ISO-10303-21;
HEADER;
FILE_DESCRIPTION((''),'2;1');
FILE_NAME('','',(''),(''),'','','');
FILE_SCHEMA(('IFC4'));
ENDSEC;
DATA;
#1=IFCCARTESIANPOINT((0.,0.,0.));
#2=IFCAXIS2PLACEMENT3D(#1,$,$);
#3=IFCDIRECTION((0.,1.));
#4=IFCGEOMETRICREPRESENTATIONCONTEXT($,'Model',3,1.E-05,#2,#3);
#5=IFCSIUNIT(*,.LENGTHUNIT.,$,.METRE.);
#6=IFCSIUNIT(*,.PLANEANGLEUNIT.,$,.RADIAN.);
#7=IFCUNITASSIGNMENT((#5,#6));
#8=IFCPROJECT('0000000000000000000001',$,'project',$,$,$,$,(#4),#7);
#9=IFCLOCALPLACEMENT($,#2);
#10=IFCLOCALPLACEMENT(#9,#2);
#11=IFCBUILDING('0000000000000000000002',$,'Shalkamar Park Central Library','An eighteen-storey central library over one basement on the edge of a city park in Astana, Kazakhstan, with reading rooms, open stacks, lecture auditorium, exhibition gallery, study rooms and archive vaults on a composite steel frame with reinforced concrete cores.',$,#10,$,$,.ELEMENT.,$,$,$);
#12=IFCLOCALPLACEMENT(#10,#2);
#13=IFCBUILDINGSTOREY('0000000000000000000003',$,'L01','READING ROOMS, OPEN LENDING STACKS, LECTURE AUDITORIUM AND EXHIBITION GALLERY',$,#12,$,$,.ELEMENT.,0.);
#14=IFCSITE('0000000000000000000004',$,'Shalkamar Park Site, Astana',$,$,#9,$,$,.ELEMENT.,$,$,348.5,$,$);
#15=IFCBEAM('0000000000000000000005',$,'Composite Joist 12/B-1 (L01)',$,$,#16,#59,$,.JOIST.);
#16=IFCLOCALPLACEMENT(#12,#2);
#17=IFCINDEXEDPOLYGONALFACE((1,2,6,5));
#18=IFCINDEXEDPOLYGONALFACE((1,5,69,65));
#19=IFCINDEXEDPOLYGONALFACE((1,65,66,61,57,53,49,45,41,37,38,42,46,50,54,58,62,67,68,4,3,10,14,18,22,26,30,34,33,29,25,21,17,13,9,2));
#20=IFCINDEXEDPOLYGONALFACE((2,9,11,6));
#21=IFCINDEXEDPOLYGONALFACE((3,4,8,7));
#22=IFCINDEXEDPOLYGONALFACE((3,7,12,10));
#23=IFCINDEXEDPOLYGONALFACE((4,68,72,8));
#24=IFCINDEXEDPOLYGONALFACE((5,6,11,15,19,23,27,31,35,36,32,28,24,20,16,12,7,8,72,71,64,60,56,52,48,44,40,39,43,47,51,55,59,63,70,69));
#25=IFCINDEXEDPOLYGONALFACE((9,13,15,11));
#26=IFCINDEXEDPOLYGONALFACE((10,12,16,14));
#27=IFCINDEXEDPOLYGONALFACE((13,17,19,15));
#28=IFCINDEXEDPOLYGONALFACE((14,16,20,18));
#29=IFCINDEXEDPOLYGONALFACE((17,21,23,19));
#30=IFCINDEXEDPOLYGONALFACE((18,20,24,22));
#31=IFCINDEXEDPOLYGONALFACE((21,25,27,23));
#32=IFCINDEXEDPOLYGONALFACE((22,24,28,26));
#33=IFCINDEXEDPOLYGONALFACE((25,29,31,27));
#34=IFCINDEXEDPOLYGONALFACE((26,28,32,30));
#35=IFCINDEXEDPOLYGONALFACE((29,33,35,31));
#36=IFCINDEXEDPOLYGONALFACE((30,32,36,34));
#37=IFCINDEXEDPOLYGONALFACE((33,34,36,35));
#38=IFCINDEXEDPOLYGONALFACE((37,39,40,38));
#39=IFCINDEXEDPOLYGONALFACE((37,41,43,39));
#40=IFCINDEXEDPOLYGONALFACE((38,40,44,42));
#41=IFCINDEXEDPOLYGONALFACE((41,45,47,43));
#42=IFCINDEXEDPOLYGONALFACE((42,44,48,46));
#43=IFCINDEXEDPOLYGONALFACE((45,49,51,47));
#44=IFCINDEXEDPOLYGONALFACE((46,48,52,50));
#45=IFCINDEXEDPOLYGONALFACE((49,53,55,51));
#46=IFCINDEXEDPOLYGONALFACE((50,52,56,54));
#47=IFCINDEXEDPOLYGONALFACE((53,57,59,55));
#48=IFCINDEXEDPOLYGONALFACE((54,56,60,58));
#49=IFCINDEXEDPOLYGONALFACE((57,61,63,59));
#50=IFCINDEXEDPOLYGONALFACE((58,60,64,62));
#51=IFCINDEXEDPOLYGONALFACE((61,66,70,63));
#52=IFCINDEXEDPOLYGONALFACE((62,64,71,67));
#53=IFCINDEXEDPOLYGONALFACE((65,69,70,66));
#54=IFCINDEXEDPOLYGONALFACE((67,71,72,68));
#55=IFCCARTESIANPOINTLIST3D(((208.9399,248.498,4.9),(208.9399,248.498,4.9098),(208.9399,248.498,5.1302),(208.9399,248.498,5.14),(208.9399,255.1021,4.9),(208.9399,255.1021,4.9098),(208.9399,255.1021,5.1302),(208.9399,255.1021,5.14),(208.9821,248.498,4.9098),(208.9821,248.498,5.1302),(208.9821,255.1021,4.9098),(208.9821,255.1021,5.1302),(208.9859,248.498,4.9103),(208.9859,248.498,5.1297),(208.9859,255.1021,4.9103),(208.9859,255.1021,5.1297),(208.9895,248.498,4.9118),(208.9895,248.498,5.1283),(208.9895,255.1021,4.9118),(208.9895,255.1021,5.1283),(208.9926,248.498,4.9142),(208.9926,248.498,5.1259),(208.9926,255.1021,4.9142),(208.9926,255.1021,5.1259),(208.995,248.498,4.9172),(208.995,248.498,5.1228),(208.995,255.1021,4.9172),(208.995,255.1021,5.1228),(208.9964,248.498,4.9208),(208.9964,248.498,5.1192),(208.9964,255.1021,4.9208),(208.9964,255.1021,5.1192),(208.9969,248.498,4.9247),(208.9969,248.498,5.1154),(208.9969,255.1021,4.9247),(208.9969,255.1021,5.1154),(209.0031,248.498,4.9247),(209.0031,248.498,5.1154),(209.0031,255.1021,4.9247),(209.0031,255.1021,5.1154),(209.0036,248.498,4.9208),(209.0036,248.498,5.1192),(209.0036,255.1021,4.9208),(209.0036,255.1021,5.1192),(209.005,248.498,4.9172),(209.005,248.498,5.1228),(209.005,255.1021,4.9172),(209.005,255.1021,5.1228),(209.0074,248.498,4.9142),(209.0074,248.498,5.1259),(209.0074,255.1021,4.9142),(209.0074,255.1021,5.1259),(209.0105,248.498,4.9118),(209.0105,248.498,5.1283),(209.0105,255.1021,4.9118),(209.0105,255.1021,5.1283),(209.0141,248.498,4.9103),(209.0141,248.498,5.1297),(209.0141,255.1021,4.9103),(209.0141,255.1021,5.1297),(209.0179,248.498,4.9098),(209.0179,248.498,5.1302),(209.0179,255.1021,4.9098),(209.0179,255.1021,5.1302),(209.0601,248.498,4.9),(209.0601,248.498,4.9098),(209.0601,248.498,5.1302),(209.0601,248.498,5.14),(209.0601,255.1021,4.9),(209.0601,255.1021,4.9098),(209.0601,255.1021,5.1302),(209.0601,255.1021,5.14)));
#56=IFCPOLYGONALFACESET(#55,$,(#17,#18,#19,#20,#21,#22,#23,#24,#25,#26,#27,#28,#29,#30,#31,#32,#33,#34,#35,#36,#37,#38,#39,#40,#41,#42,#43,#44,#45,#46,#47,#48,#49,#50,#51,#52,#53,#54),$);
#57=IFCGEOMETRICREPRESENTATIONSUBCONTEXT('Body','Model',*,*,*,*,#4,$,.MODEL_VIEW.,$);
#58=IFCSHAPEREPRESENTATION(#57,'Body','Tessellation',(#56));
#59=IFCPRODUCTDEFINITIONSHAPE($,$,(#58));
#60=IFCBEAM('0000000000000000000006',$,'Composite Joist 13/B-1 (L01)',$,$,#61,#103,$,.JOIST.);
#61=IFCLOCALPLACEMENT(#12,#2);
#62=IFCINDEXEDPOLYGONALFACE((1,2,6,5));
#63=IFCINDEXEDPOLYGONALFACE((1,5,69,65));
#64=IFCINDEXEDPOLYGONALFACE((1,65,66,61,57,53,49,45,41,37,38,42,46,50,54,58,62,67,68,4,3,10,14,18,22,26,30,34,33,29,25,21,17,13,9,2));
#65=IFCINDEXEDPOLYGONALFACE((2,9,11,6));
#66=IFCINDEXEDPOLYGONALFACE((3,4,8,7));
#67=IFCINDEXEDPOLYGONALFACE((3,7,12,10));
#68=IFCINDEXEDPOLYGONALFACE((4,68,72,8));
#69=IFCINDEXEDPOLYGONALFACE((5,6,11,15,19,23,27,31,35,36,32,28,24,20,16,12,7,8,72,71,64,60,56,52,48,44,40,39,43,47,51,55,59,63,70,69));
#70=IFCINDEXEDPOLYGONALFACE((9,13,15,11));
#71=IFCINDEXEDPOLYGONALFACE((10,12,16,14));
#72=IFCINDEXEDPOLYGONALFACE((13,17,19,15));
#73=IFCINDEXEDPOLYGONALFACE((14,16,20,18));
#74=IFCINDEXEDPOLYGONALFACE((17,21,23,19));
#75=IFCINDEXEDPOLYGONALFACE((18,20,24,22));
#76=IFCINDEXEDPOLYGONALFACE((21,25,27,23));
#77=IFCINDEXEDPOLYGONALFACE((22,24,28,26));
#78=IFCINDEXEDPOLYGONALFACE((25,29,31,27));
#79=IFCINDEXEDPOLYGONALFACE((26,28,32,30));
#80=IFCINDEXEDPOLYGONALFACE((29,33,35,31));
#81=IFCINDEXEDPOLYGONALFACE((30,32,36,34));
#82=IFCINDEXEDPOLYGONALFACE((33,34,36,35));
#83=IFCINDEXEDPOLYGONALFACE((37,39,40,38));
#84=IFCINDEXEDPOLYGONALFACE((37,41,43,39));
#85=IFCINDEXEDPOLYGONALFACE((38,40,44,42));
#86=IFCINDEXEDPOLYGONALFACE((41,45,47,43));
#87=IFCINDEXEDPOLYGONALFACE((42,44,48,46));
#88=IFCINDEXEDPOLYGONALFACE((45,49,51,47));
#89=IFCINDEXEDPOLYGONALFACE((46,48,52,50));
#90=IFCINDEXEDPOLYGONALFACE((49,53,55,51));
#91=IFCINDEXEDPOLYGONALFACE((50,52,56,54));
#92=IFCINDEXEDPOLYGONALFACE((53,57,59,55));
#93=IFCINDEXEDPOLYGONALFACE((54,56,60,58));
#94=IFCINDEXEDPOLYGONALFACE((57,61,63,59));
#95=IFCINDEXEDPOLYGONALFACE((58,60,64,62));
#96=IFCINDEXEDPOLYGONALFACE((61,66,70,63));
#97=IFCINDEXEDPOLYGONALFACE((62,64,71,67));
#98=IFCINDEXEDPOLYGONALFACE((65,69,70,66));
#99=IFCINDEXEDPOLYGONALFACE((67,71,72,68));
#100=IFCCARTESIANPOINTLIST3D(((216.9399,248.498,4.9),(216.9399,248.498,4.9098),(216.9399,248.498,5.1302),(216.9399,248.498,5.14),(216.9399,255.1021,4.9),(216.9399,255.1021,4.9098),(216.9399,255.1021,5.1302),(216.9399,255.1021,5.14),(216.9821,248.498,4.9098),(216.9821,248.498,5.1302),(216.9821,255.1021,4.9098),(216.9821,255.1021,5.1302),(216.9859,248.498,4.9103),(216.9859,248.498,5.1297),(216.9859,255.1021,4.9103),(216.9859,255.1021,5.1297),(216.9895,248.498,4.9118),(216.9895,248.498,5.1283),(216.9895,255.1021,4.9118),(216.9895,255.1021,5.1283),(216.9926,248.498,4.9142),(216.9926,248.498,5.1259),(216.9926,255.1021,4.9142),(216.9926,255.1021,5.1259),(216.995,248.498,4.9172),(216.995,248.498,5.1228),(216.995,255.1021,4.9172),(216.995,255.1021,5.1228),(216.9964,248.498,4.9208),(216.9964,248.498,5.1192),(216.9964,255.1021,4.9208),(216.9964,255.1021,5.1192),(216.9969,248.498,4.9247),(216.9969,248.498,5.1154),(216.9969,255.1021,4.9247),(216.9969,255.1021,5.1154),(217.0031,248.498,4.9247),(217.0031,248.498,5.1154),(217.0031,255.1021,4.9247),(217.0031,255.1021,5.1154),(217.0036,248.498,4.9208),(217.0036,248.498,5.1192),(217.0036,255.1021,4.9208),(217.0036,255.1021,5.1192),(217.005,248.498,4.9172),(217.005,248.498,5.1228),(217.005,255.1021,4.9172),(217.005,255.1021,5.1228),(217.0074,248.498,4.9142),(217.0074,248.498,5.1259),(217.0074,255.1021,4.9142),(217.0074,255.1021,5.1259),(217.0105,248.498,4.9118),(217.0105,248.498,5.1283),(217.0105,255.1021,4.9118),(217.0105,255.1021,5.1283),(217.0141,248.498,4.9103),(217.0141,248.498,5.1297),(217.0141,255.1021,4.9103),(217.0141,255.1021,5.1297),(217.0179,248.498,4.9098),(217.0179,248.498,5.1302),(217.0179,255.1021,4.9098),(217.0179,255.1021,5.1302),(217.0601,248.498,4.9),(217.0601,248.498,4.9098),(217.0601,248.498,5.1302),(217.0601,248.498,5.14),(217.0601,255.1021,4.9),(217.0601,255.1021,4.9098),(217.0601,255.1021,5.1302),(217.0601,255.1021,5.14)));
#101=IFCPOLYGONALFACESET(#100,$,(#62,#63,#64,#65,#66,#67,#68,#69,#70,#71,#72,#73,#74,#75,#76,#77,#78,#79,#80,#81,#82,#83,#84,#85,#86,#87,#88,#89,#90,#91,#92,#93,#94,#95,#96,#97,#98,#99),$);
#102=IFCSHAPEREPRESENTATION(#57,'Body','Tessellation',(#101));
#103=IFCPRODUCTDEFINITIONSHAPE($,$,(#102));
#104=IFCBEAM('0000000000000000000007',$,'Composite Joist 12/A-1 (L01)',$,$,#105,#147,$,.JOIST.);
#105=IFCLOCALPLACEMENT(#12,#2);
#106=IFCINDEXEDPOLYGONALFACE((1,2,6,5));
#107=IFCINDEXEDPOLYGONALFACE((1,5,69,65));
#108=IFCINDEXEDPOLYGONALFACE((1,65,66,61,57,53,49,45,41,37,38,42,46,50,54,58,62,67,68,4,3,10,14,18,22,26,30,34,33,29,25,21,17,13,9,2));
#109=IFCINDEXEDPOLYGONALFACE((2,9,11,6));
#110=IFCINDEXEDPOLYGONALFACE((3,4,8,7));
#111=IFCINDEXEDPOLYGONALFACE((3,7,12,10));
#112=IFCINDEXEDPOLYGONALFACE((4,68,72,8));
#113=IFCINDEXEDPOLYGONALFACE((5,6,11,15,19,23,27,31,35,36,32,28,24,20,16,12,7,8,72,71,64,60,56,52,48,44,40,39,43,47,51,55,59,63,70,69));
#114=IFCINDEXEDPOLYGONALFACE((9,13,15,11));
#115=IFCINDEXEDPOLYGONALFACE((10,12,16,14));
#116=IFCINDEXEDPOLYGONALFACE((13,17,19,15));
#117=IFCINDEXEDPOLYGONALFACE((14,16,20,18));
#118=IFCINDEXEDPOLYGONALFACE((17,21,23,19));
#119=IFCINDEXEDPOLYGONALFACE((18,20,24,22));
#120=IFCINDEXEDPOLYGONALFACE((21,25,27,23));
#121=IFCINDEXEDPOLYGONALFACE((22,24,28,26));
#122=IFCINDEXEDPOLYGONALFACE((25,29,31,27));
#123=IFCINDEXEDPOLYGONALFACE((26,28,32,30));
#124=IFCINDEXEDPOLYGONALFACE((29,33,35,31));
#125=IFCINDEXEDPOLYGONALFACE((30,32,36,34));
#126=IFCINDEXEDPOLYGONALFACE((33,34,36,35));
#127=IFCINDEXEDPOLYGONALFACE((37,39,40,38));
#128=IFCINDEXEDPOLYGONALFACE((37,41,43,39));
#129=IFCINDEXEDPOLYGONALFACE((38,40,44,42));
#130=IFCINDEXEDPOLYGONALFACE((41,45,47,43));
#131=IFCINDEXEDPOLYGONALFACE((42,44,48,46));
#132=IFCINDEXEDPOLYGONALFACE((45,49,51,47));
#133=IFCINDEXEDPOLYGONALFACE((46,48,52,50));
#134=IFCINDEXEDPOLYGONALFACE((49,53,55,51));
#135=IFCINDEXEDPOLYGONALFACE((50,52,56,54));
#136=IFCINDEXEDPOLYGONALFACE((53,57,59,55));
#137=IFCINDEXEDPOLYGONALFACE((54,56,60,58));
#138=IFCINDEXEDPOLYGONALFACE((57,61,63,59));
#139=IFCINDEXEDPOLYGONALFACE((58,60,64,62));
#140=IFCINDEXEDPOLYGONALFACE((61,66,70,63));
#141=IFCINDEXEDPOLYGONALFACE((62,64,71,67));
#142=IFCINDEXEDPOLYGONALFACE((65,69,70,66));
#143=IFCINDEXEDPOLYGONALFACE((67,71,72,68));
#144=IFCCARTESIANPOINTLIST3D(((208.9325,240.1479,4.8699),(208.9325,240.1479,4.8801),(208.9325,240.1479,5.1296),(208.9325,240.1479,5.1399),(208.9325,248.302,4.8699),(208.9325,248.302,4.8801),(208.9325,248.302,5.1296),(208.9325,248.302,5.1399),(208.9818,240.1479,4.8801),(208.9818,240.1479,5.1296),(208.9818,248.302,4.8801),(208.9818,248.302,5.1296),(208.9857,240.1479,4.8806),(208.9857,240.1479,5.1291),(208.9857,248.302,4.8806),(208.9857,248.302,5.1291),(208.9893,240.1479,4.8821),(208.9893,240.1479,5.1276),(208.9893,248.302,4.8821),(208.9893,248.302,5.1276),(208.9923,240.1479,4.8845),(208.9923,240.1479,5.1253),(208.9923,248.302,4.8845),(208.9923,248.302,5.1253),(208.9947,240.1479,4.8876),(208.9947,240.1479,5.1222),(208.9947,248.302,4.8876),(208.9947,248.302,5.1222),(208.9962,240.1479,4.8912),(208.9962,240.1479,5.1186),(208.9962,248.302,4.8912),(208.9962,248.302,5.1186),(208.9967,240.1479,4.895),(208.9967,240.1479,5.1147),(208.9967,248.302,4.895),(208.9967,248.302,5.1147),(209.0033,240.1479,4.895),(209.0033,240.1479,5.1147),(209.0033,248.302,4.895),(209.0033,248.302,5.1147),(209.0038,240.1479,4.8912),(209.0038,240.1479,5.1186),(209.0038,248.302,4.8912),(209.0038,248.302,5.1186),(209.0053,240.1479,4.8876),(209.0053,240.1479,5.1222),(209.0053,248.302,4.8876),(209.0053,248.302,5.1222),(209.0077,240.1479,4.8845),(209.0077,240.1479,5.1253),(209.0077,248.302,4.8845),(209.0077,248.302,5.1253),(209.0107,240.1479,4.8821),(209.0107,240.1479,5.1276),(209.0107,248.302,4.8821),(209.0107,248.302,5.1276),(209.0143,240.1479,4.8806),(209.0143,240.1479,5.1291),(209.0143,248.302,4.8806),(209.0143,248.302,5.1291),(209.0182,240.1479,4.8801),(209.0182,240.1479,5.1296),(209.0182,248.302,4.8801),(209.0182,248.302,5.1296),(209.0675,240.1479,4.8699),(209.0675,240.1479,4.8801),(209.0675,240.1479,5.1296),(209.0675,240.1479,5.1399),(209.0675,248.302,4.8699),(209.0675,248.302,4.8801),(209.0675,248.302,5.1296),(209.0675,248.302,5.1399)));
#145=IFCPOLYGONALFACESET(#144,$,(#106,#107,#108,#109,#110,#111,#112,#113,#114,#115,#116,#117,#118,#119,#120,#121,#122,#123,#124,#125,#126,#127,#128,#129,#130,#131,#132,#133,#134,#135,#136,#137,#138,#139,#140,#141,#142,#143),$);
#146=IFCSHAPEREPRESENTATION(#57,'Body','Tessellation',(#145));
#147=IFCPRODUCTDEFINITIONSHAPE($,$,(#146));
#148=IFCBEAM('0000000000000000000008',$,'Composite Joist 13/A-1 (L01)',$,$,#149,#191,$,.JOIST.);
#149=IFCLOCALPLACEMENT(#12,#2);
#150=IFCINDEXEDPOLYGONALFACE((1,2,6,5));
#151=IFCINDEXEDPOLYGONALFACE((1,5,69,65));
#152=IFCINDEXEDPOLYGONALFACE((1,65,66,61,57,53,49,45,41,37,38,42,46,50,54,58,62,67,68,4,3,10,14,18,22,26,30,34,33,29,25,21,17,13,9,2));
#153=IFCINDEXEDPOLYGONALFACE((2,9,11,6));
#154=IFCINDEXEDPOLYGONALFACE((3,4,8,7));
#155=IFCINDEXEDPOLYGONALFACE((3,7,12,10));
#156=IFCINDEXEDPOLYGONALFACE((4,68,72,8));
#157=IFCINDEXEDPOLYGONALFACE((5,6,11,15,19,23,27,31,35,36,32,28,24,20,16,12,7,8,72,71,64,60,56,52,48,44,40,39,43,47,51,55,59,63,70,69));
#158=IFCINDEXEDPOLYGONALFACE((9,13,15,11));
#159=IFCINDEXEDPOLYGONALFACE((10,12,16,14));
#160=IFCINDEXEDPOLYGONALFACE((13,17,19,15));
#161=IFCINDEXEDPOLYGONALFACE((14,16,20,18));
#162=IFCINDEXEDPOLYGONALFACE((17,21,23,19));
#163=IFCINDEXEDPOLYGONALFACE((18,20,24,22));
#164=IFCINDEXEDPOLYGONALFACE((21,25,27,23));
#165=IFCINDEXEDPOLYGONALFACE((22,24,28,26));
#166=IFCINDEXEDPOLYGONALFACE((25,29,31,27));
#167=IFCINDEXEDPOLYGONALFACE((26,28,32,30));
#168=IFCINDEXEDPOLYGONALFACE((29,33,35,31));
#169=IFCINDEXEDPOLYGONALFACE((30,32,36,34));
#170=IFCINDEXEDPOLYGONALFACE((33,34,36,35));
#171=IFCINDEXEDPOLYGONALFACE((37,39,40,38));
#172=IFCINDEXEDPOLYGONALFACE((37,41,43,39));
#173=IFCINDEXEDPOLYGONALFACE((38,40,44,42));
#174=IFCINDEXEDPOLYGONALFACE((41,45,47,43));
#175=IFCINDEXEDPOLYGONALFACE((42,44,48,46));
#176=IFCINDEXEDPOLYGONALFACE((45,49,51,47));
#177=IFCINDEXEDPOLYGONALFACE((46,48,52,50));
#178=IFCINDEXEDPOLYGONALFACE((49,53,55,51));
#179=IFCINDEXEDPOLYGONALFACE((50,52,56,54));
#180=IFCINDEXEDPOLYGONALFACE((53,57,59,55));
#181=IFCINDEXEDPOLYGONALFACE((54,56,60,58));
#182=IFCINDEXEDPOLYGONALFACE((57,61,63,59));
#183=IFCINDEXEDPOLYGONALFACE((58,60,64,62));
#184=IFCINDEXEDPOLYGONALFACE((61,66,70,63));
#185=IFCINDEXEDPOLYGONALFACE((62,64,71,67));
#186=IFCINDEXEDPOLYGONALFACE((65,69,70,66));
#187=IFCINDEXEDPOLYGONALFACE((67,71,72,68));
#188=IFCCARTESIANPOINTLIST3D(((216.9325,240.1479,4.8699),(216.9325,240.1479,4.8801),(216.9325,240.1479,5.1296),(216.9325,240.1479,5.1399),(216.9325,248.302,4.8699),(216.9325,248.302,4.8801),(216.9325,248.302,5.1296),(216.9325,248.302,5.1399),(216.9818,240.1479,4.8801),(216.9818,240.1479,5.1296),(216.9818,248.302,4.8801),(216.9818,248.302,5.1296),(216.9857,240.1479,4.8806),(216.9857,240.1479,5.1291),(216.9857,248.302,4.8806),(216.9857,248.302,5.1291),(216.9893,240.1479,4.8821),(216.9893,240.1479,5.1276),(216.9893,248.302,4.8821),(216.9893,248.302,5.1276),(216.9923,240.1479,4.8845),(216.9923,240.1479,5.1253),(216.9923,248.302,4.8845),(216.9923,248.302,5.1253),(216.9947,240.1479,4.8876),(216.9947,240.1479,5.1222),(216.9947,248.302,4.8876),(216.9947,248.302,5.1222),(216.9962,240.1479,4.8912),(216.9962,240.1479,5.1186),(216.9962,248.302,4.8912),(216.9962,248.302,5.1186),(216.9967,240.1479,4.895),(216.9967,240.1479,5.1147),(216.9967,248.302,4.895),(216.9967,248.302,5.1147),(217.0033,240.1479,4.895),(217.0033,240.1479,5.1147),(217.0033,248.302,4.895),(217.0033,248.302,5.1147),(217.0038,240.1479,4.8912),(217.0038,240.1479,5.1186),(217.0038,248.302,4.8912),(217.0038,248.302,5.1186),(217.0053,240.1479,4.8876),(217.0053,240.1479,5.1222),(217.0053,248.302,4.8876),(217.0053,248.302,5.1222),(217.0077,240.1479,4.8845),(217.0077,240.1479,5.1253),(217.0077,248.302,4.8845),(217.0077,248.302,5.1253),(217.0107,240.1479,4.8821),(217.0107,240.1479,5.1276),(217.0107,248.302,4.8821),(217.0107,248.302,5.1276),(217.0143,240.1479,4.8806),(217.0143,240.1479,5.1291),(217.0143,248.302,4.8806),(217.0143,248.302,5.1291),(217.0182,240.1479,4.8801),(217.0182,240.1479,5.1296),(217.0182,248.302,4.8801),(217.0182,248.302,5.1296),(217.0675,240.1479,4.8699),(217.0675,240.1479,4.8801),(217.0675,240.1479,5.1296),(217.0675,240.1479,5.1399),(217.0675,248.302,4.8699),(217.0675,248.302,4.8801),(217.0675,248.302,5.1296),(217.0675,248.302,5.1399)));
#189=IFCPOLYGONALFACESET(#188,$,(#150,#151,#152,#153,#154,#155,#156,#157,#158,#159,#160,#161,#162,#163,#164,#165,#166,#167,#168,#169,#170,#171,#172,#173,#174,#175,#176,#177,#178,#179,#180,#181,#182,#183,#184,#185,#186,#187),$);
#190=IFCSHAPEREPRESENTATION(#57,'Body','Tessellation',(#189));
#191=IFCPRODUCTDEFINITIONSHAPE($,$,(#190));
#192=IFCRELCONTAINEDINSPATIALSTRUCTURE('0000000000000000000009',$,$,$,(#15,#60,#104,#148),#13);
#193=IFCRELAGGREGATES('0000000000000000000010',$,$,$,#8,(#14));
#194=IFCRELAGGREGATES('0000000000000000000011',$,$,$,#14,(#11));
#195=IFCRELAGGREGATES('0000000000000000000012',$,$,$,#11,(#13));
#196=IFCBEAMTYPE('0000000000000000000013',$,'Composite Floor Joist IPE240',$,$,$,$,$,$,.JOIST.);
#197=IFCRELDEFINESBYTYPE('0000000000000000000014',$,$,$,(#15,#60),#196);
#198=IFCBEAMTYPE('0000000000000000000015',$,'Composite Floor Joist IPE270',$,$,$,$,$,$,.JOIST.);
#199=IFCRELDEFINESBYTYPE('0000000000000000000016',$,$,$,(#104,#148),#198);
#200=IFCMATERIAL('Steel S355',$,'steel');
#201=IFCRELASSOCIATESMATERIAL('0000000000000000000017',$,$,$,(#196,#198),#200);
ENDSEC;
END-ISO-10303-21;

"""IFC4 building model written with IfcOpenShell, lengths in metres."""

from ifc_helpers import new_model, si_unit, direction, frame, origin, origin_2d, place, context, subcontext, project, spatial, i_section, extrude, material, material_profile, profile_set, type_object, element, save


model = new_model("IFC4")

# Units and contexts
model_context = context("Model", 3, precision=1e-05, world=origin(), true_north=direction((0.0, 1.0)))
body_context = subcontext(model_context, "Body", "Model", "MODEL_VIEW")
ifc_project = project(units=[si_unit("LENGTHUNIT", "METRE"), si_unit("PLANEANGLEUNIT", "RADIAN")], contexts=[model_context])

# Site, building, storey
site_placement = place(None, origin())
site = spatial("IfcSite", under=ifc_project, at=site_placement, Name="Shalkamar Park Site, Astana", CompositionType="ELEMENT", RefElevation=348.5)
building_placement = place(site_placement, origin())
building = spatial("IfcBuilding", under=site, at=building_placement, Name="Shalkamar Park Central Library", Description="An eighteen-storey central library over one basement on the edge of a city park in Astana, Kazakhstan, with reading rooms, open stacks, lecture auditorium, exhibition gallery, study rooms and archive vaults on a composite steel frame with reinforced concrete cores.", CompositionType="ELEMENT")
storey_placement = place(building_placement, origin())
storey = spatial("IfcBuildingStorey", under=building, at=storey_placement, Name="L01", Description="READING ROOMS, OPEN LENDING STACKS, LECTURE AUDITORIUM AND EXHIBITION GALLERY", CompositionType="ELEMENT", Elevation=0.0)

# Shared definitions
ifc_material_1 = material(Name="Steel S355", Category="steel")

# Beams
ifc_material_profile_1 = material_profile(ifc_material_1, i_section(OverallWidth=0.1201, OverallDepth=0.24, WebThickness=0.0061, FlangeThickness=0.0098, FilletRadius=0.0149, at=origin_2d()), Name="IPE 240")
ifc_profile_set_1 = profile_set([ifc_material_profile_1], Name="Steel S355")
beam_type_1 = type_object("IfcBeamType", Name="Composite Floor Joist IPE240", PredefinedType="JOIST", material=ifc_profile_set_1)
for number, where, z_axis, x_axis, name in (
    (1, (209.0, 248.498, 5.02), (0.0, 1.0, 0.0), (-1.0, 0.0, 0.0), "Composite Joist 12/B-1 (L01)"),
    (2, (217.0, 248.498, 5.02), (0.0, 1.0, 0.0), (-1.0, 0.0, 0.0), "Composite Joist 13/B-1 (L01)"),
):
    element("IfcBeam", number, at=place(storey_placement, frame(where, z_axis=z_axis, x_axis=x_axis)), inside=storey, type_object=beam_type_1, Name=name, PredefinedType="JOIST", context=body_context, shape_type="SweptSolid", body=[
        extrude(i_section(OverallWidth=0.1201, OverallDepth=0.24, WebThickness=0.0061, FlangeThickness=0.0098, FilletRadius=0.0149, at=origin_2d()), origin(), (0.0, 0.0, 1.0), 6.604),
    ])
ifc_material_profile_2 = material_profile(ifc_material_1, i_section(OverallWidth=0.135, OverallDepth=0.27, WebThickness=0.0066, FlangeThickness=0.0103, FilletRadius=0.0149, at=origin_2d()), Name="IPE 270")
ifc_profile_set_2 = profile_set([ifc_material_profile_2], Name="Steel S355")
beam_type_2 = type_object("IfcBeamType", Name="Composite Floor Joist IPE270", PredefinedType="JOIST", material=ifc_profile_set_2)
for number, where, z_axis, x_axis, name in (
    (3, (209.0, 240.1479, 5.0049), (0.0, 1.0, 0.0), (-1.0, 0.0, 0.0), "Composite Joist 12/A-1 (L01)"),
    (4, (217.0, 240.1479, 5.0049), (0.0, 1.0, 0.0), (-1.0, 0.0, 0.0), "Composite Joist 13/A-1 (L01)"),
):
    element("IfcBeam", number, at=place(storey_placement, frame(where, z_axis=z_axis, x_axis=x_axis)), inside=storey, type_object=beam_type_2, Name=name, PredefinedType="JOIST", context=body_context, shape_type="SweptSolid", body=[
        extrude(i_section(OverallWidth=0.135, OverallDepth=0.27, WebThickness=0.0066, FlangeThickness=0.0103, FilletRadius=0.0149, at=origin_2d()), origin(), (0.0, 0.0, 1.0), 8.1541),
    ])

save(model, "model.ifc")
